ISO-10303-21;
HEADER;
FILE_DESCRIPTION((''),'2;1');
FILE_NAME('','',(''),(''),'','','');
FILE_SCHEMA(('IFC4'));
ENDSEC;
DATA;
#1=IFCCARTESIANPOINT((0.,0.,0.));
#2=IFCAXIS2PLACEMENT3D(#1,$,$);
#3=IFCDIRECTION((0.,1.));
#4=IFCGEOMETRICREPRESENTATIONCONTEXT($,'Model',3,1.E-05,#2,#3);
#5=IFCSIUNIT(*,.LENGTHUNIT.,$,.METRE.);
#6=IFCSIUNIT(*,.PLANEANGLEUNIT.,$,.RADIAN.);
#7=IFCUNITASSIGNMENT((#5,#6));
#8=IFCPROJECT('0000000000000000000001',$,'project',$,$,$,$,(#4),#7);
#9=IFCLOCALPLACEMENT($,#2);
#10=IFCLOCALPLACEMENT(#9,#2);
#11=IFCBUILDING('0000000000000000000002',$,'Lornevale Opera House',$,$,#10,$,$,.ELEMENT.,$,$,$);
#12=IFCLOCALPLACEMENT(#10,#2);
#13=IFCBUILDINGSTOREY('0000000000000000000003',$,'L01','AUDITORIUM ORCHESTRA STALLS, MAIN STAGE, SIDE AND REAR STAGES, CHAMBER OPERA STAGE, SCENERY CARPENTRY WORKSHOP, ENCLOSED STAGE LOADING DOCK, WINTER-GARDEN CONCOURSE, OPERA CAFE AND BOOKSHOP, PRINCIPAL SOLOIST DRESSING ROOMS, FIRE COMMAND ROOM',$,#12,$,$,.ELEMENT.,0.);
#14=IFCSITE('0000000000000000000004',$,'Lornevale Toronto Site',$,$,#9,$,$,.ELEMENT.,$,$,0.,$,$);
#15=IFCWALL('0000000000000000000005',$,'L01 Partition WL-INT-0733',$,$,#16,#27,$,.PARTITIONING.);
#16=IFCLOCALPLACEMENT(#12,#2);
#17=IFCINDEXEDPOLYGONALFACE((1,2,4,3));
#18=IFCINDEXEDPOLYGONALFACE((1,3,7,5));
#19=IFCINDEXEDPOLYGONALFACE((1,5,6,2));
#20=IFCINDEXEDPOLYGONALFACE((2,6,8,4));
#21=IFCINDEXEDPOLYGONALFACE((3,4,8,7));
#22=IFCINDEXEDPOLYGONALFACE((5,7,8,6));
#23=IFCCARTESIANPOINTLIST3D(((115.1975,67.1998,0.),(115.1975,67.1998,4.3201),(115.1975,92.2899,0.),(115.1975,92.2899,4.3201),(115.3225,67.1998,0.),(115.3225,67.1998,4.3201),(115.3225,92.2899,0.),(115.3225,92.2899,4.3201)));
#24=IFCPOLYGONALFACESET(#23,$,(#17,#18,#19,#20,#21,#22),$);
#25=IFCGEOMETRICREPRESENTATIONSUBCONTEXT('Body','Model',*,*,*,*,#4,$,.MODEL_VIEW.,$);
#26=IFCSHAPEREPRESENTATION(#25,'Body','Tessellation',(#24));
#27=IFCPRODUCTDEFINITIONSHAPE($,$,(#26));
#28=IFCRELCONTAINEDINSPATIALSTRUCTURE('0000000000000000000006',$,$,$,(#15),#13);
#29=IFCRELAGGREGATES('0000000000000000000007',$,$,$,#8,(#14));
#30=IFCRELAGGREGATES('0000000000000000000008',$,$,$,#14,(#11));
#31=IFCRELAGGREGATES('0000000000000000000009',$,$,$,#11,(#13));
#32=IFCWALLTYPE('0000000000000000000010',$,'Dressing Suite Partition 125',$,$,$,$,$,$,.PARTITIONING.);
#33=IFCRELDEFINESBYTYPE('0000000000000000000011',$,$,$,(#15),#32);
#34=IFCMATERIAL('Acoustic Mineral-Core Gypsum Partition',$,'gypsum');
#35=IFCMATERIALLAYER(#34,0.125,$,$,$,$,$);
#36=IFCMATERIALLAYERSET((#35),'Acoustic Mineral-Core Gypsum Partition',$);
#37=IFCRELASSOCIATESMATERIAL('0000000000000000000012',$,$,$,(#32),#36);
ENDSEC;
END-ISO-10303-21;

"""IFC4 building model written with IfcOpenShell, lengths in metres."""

from ifc_helpers import new_model, si_unit, direction, frame, frame_2d, origin, place, context, subcontext, project, spatial, rectangle, extrude, material, layer, layer_set, type_object, element, save


model = new_model("IFC4")

# Units and contexts
model_context = context("Model", 3, precision=1e-05, world=origin(), true_north=direction((0.0, 1.0)))
body_context = subcontext(model_context, "Body", "Model", "MODEL_VIEW")
ifc_project = project(units=[si_unit("LENGTHUNIT", "METRE"), si_unit("PLANEANGLEUNIT", "RADIAN")], contexts=[model_context])

# Site, building, storey
site_placement = place(None, origin())
site = spatial("IfcSite", under=ifc_project, at=site_placement, Name="Lornevale Toronto Site", CompositionType="ELEMENT", RefElevation=0.0)
building_placement = place(site_placement, origin())
building = spatial("IfcBuilding", under=site, at=building_placement, Name="Lornevale Opera House", CompositionType="ELEMENT")
storey_placement = place(building_placement, origin())
storey = spatial("IfcBuildingStorey", under=building, at=storey_placement, Name="L01", Description="AUDITORIUM ORCHESTRA STALLS, MAIN STAGE, SIDE AND REAR STAGES, CHAMBER OPERA STAGE, SCENERY CARPENTRY WORKSHOP, ENCLOSED STAGE LOADING DOCK, WINTER-GARDEN CONCOURSE, OPERA CAFE AND BOOKSHOP, PRINCIPAL SOLOIST DRESSING ROOMS, FIRE COMMAND ROOM", CompositionType="ELEMENT", Elevation=0.0)

# Wall
ifc_material_1 = material(Name="Acoustic Mineral-Core Gypsum Partition", Category="gypsum")
ifc_layer_1 = layer(ifc_material_1, 0.125)
ifc_layer_set_1 = layer_set([ifc_layer_1], Name="Acoustic Mineral-Core Gypsum Partition")
wall_type_1 = type_object("IfcWallType", Name="Dressing Suite Partition 125", PredefinedType="PARTITIONING", material=ifc_layer_set_1)
wall_1_placement = place(storey_placement, frame((115.26, 67.2, 0.0), z_axis=(0.0, 0.0, 1.0), x_axis=(0.0, 1.0, 0.0)))
element("IfcWall", 1, at=wall_1_placement, inside=storey, type_object=wall_type_1, Name="L01 Partition WL-INT-0733", PredefinedType="PARTITIONING", context=body_context, shape_type="SweptSolid", body=[
    extrude(rectangle(XDim=25.0901, YDim=0.125, at=frame_2d((12.5449, 0.0))), origin(), (0.0, 0.0, 1.0), 4.3201),
])

save(model, "model.ifc")
